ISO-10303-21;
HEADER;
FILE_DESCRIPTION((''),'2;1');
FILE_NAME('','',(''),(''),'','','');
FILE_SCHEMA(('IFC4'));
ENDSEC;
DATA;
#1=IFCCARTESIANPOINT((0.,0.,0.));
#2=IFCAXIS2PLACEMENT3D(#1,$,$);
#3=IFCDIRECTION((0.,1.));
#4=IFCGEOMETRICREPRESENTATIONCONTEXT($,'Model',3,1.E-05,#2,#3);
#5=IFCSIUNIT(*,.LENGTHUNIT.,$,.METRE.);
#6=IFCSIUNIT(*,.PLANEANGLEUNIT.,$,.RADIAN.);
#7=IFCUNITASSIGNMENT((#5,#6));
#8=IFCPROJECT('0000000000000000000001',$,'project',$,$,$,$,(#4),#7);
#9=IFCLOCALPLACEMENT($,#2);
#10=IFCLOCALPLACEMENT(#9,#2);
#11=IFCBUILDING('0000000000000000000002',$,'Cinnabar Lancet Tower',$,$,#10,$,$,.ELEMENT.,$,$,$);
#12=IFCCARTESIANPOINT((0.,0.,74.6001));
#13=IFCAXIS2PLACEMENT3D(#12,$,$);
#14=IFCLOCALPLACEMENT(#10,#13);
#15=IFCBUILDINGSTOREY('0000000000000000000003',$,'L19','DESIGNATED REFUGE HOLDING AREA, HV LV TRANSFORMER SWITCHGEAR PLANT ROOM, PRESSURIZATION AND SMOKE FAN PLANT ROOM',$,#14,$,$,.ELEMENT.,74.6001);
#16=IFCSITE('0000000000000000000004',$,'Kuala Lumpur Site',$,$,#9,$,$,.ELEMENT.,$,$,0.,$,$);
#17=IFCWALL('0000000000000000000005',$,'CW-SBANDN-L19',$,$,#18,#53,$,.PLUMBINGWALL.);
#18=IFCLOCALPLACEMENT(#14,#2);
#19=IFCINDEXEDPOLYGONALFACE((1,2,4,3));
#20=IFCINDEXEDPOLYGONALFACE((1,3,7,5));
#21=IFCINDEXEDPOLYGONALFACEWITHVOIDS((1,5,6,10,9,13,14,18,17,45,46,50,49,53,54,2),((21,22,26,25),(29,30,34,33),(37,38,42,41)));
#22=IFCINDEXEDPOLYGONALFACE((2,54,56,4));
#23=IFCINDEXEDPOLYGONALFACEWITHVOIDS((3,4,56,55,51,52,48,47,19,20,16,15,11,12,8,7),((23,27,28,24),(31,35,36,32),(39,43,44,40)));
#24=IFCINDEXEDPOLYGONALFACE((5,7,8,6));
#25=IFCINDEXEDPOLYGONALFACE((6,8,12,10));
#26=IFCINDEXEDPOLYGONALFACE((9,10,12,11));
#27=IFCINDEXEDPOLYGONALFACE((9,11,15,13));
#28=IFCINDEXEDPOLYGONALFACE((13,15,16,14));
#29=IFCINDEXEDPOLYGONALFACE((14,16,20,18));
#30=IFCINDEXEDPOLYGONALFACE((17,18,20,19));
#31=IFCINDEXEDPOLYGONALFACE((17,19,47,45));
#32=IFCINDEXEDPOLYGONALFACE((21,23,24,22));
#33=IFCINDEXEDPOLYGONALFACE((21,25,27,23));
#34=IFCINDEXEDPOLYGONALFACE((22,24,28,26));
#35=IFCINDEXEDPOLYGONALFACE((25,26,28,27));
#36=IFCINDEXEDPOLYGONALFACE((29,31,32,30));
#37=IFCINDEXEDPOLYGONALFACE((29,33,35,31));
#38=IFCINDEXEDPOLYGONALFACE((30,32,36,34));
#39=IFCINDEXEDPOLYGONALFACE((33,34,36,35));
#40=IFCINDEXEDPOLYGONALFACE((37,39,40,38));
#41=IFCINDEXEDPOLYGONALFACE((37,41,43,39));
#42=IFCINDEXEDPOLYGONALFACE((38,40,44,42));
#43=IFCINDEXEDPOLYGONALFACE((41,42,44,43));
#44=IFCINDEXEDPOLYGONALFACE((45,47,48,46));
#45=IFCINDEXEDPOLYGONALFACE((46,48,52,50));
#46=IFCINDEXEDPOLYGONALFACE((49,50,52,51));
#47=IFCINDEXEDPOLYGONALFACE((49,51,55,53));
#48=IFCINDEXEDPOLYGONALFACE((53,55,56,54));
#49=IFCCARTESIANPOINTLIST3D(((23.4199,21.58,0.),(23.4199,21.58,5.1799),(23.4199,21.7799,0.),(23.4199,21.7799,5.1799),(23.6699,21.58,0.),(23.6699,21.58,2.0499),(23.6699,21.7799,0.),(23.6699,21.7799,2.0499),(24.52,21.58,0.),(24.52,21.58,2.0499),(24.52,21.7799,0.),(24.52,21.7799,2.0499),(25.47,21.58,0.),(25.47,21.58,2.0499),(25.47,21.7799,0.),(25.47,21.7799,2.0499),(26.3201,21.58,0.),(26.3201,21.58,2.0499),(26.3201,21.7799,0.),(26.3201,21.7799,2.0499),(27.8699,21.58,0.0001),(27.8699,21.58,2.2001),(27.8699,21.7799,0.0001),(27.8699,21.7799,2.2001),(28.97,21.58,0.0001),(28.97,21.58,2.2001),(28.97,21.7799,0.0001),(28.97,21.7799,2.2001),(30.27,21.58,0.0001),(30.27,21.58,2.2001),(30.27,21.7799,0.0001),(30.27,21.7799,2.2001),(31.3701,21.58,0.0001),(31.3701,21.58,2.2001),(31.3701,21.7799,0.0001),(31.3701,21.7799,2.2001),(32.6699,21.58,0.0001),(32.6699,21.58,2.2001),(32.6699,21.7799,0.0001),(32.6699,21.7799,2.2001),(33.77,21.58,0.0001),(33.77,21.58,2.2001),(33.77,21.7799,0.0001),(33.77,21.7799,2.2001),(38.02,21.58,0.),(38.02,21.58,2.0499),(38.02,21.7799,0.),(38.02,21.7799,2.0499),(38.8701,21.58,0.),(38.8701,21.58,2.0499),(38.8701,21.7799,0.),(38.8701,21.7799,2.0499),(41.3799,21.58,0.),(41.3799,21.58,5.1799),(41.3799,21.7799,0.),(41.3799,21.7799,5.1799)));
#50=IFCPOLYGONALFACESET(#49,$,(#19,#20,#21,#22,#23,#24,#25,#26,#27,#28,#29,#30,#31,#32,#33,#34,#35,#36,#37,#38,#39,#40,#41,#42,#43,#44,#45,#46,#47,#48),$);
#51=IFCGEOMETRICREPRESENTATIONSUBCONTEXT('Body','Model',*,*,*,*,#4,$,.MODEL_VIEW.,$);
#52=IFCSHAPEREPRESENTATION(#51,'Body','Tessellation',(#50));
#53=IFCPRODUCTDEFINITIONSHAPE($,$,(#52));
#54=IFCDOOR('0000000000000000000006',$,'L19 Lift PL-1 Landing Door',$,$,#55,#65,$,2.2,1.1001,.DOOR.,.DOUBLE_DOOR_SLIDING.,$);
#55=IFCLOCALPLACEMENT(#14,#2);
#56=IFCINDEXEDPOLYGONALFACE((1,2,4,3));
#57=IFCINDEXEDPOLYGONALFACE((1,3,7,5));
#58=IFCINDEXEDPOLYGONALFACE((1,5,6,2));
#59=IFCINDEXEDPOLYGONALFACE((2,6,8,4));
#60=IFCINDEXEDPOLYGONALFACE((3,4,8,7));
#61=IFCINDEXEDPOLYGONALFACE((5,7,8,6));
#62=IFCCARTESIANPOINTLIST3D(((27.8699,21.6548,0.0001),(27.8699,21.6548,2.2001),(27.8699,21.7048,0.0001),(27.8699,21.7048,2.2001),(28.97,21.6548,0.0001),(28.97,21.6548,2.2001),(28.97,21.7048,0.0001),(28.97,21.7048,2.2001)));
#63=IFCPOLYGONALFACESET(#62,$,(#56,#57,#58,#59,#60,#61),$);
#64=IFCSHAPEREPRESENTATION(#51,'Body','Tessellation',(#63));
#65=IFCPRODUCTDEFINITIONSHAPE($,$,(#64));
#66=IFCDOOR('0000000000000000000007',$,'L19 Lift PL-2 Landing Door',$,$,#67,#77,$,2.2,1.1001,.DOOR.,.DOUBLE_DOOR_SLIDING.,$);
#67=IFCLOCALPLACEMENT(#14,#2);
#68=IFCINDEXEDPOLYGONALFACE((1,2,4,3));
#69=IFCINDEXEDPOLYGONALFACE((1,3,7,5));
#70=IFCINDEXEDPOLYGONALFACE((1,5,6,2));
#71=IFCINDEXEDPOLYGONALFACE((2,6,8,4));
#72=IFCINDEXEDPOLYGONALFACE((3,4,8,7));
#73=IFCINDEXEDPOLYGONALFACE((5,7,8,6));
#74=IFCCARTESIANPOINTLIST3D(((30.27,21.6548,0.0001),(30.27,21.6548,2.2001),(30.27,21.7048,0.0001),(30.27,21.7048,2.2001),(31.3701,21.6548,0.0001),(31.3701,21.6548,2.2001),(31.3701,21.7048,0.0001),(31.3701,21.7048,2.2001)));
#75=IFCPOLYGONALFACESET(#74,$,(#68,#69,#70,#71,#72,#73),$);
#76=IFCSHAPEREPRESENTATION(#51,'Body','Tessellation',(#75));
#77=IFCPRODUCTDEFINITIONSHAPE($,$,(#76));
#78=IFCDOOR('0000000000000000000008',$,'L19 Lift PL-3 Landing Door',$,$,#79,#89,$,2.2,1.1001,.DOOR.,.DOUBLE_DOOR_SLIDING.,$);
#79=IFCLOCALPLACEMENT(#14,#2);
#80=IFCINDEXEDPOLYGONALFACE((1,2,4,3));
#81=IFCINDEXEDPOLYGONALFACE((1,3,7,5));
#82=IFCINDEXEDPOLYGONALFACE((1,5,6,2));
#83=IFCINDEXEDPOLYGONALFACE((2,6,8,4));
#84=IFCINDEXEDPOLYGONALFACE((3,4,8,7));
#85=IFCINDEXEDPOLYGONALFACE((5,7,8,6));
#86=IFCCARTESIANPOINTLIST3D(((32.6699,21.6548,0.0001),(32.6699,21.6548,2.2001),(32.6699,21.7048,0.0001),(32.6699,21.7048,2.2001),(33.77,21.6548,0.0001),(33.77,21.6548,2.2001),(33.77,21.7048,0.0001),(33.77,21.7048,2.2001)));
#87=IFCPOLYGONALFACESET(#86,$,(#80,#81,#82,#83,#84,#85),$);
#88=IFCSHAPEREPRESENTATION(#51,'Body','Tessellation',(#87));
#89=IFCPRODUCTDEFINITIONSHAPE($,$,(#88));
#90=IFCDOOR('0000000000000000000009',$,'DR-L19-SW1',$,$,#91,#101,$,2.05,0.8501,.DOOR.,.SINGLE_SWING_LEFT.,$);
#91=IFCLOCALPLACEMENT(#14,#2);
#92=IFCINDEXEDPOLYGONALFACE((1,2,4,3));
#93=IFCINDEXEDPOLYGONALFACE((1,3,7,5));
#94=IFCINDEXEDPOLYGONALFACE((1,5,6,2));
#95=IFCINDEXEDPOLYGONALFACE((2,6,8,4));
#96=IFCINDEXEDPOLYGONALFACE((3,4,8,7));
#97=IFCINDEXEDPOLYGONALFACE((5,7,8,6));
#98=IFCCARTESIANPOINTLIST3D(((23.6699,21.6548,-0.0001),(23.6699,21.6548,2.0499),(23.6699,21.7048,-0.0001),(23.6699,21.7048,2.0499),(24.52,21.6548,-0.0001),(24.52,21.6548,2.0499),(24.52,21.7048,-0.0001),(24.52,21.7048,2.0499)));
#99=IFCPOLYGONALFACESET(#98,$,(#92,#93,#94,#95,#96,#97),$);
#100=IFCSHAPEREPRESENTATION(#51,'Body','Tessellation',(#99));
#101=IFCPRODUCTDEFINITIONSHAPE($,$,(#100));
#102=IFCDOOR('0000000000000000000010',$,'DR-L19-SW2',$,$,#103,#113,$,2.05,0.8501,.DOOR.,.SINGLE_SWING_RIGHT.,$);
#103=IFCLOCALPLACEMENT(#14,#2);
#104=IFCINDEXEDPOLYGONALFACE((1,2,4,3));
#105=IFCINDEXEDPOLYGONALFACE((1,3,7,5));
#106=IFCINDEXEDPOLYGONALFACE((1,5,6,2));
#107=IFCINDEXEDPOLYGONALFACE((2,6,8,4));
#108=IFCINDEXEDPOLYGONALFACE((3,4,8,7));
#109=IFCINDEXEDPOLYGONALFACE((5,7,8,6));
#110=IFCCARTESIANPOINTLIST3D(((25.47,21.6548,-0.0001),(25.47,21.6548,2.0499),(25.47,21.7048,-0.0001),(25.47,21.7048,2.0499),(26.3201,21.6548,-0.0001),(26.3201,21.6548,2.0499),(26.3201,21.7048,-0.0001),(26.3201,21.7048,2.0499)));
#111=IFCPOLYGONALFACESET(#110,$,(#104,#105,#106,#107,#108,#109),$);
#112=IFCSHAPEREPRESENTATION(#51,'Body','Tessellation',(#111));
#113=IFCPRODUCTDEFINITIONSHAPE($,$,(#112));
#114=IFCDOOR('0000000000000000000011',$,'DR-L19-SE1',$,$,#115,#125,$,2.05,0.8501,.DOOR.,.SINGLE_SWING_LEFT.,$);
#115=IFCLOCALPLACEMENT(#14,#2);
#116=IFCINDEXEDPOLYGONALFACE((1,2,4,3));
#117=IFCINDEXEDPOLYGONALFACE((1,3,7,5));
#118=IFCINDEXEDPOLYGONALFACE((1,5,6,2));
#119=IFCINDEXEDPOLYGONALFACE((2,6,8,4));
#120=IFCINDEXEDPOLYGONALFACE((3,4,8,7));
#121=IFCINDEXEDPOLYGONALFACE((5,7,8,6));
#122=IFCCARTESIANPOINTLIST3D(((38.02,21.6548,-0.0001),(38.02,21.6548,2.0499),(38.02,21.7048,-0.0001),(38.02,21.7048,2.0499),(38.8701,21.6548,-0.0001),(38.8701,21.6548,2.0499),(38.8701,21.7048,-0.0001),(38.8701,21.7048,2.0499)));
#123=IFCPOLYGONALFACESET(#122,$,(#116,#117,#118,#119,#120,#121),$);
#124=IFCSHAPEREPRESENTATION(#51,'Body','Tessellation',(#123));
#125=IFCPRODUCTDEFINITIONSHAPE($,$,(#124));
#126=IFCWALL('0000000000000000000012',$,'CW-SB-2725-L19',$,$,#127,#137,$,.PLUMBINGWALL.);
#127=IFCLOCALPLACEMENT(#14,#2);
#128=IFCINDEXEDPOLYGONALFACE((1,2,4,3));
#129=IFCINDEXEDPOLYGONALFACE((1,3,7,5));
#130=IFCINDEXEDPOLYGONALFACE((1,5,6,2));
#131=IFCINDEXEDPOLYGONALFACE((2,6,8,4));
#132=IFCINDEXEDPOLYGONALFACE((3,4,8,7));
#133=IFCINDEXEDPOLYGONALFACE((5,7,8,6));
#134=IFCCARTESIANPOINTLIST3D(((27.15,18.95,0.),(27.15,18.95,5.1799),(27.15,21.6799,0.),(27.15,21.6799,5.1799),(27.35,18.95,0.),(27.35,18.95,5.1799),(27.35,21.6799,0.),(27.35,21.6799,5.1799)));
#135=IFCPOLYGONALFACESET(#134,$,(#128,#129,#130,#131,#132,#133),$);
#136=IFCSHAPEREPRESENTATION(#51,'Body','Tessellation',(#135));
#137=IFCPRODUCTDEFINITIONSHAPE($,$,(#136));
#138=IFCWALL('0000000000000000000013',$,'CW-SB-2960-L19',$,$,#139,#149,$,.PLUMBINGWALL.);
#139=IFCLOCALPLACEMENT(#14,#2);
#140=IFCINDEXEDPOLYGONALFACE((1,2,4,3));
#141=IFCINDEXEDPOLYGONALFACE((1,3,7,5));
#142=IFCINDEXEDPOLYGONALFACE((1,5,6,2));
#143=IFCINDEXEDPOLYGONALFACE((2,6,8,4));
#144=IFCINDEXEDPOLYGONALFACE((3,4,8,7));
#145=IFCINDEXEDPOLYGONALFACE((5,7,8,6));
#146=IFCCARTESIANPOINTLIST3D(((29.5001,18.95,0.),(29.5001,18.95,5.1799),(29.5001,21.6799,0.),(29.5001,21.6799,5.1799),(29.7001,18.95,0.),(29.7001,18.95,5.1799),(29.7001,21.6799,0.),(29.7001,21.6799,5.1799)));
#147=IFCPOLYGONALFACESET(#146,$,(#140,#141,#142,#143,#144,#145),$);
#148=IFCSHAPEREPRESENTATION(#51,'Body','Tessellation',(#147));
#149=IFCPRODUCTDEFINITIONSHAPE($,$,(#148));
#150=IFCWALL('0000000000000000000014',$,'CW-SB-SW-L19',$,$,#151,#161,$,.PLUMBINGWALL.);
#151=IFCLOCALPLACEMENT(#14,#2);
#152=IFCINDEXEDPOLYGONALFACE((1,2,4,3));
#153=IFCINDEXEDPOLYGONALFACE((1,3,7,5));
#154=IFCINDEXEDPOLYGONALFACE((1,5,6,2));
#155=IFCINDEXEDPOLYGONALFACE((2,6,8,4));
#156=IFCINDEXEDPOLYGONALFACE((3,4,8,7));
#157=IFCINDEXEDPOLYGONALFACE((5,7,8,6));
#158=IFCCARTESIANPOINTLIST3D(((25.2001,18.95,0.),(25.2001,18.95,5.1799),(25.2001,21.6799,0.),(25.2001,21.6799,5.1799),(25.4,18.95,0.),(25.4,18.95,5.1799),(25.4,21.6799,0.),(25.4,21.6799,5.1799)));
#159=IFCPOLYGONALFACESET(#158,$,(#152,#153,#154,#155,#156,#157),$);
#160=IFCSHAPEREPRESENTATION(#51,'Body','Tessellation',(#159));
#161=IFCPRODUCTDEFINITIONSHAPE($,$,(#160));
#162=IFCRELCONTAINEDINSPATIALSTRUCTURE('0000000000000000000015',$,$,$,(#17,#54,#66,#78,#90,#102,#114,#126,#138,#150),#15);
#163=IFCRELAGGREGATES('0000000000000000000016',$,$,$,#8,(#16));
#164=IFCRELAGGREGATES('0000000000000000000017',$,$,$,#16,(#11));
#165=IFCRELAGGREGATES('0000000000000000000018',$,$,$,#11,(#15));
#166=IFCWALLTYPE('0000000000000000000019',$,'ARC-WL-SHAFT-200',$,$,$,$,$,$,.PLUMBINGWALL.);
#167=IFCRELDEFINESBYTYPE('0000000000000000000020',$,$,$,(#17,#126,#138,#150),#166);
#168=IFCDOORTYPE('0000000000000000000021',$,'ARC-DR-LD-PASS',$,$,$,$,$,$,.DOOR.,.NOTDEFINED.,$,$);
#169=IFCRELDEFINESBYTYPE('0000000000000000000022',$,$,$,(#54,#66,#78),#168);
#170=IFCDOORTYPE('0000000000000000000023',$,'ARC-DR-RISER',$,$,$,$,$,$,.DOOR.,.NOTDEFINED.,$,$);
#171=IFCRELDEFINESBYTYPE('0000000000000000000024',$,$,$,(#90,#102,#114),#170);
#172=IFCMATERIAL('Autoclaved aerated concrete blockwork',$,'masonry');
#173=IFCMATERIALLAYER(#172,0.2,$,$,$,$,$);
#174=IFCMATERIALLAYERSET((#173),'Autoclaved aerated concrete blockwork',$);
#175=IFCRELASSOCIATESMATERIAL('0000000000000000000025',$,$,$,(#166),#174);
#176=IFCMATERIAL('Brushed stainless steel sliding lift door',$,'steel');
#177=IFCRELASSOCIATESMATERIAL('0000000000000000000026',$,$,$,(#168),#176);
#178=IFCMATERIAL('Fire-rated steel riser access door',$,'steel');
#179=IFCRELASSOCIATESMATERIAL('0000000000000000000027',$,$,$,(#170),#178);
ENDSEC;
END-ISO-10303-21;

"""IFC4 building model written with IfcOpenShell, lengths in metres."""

from ifc_helpers import new_model, si_unit, direction, frame, frame_2d, origin, place, context, subcontext, project, spatial, rectangle, extrude, material, layer, layer_set, type_object, element, fill, save


model = new_model("IFC4")

# Units and contexts
model_context = context("Model", 3, precision=1e-05, world=origin(), true_north=direction((0.0, 1.0)))
body_context = subcontext(model_context, "Body", "Model", "MODEL_VIEW")
ifc_project = project(units=[si_unit("LENGTHUNIT", "METRE"), si_unit("PLANEANGLEUNIT", "RADIAN")], contexts=[model_context])

# Site, building, storey
site_placement = place(None, origin())
site = spatial("IfcSite", under=ifc_project, at=site_placement, Name="Kuala Lumpur Site", CompositionType="ELEMENT", RefElevation=0.0)
building_placement = place(site_placement, origin())
building = spatial("IfcBuilding", under=site, at=building_placement, Name="Cinnabar Lancet Tower", CompositionType="ELEMENT")
storey_placement = place(building_placement, frame((0.0, 0.0, 74.6001)))
storey = spatial("IfcBuildingStorey", under=building, at=storey_placement, Name="L19", Description="DESIGNATED REFUGE HOLDING AREA, HV LV TRANSFORMER SWITCHGEAR PLANT ROOM, PRESSURIZATION AND SMOKE FAN PLANT ROOM", CompositionType="ELEMENT", Elevation=74.6001)

# Shared definitions
ifc_material_1 = material(Name="Autoclaved aerated concrete blockwork", Category="masonry")
ifc_layer_1 = layer(ifc_material_1, 0.2)
ifc_layer_set_1 = layer_set([ifc_layer_1], Name="Autoclaved aerated concrete blockwork")
wall_type_1 = type_object("IfcWallType", Name="ARC-WL-SHAFT-200", PredefinedType="PLUMBINGWALL", material=ifc_layer_set_1)

# Wall, openings, doors
wall_1_placement = place(storey_placement, frame((23.4199, 21.6799, 0.0), z_axis=(0.0, 0.0, 1.0), x_axis=(1.0, 0.0, 0.0)))
wall_1 = element("IfcWall", 1, at=wall_1_placement, inside=storey, type_object=wall_type_1, Name="CW-SBANDN-L19", PredefinedType="PLUMBINGWALL", context=body_context, shape_type="SweptSolid", body=[
    extrude(rectangle(XDim=17.96, YDim=0.2, at=frame_2d((8.98, 0.0))), origin(), (0.0, 0.0, 1.0), 5.1799),
])
opening_1_placement = place(wall_1_placement, frame((4.45, 0.0, 0.0)))
opening_1 = element("IfcOpeningElement", 2, at=opening_1_placement, cuts=wall_1, PredefinedType="OPENING", context=body_context, shape_type="SweptSolid", body=[
    extrude(rectangle(XDim=1.1001, YDim=2.2, at=frame_2d((0.55, 1.1001))), frame((0.0, 0.1099, 0.0), z_axis=(0.0, -1.0, 0.0), x_axis=(1.0, 0.0, 0.0)), (0.0, 0.0, 1.0), 0.22),
])
opening_2_placement = place(wall_1_placement, frame((6.8501, 0.0, 0.0)))
opening_2 = element("IfcOpeningElement", 3, at=opening_2_placement, cuts=wall_1, PredefinedType="OPENING", context=body_context, shape_type="SweptSolid", body=[
    extrude(rectangle(XDim=1.1001, YDim=2.2, at=frame_2d((0.55, 1.1001))), frame((0.0, 0.1099, 0.0), z_axis=(0.0, -1.0, 0.0), x_axis=(1.0, 0.0, 0.0)), (0.0, 0.0, 1.0), 0.22),
])
opening_3_placement = place(wall_1_placement, frame((9.25, 0.0, 0.0)))
opening_3 = element("IfcOpeningElement", 4, at=opening_3_placement, cuts=wall_1, PredefinedType="OPENING", context=body_context, shape_type="SweptSolid", body=[
    extrude(rectangle(XDim=1.1001, YDim=2.2, at=frame_2d((0.55, 1.1001))), frame((0.0, 0.1099, 0.0), z_axis=(0.0, -1.0, 0.0), x_axis=(1.0, 0.0, 0.0)), (0.0, 0.0, 1.0), 0.22),
])
opening_4_placement = place(wall_1_placement, frame((0.25, 0.0, 0.0)))
opening_4 = element("IfcOpeningElement", 5, at=opening_4_placement, cuts=wall_1, PredefinedType="OPENING", context=body_context, shape_type="SweptSolid", body=[
    extrude(rectangle(XDim=0.8501, YDim=2.05, at=frame_2d((0.425, 1.0249))), frame((0.0, 0.1099, 0.0), z_axis=(0.0, -1.0, 0.0), x_axis=(1.0, 0.0, 0.0)), (0.0, 0.0, 1.0), 0.22),
])
opening_5_placement = place(wall_1_placement, frame((2.05, 0.0, 0.0)))
opening_5 = element("IfcOpeningElement", 6, at=opening_5_placement, cuts=wall_1, PredefinedType="OPENING", context=body_context, shape_type="SweptSolid", body=[
    extrude(rectangle(XDim=0.8501, YDim=2.05, at=frame_2d((0.425, 1.0249))), frame((0.0, 0.1099, 0.0), z_axis=(0.0, -1.0, 0.0), x_axis=(1.0, 0.0, 0.0)), (0.0, 0.0, 1.0), 0.22),
])
opening_6_placement = place(wall_1_placement, frame((14.6001, 0.0, 0.0)))
opening_6 = element("IfcOpeningElement", 7, at=opening_6_placement, cuts=wall_1, PredefinedType="OPENING", context=body_context, shape_type="SweptSolid", body=[
    extrude(rectangle(XDim=0.8501, YDim=2.05, at=frame_2d((0.425, 1.0249))), frame((0.0, 0.1099, 0.0), z_axis=(0.0, -1.0, 0.0), x_axis=(1.0, 0.0, 0.0)), (0.0, 0.0, 1.0), 0.22),
])
ifc_material_2 = material(Name="Brushed stainless steel sliding lift door", Category="steel")
door_type_1 = type_object("IfcDoorType", Name="ARC-DR-LD-PASS", OperationType="NOTDEFINED", PredefinedType="DOOR", material=ifc_material_2)
door_1_placement = place(opening_1_placement, origin())
door_1 = element("IfcDoor", 8, at=door_1_placement, inside=storey, type_object=door_type_1, Name="L19 Lift PL-1 Landing Door", OperationType="DOUBLE_DOOR_SLIDING", OverallHeight=2.2, OverallWidth=1.1001, PredefinedType="DOOR", context=body_context, shape_type="SweptSolid", body=[
    extrude(rectangle(XDim=1.1001, YDim=2.2, at=frame_2d((0.55, 1.1001))), frame((0.0, 0.0249, 0.0), z_axis=(0.0, -1.0, 0.0), x_axis=(1.0, 0.0, 0.0)), (0.0, 0.0, 1.0), 0.05),
])
fill(opening_1, door_1)
door_2_placement = place(opening_2_placement, origin())
door_2 = element("IfcDoor", 9, at=door_2_placement, inside=storey, type_object=door_type_1, Name="L19 Lift PL-2 Landing Door", OperationType="DOUBLE_DOOR_SLIDING", OverallHeight=2.2, OverallWidth=1.1001, PredefinedType="DOOR", context=body_context, shape_type="SweptSolid", body=[
    extrude(rectangle(XDim=1.1001, YDim=2.2, at=frame_2d((0.55, 1.1001))), frame((0.0, 0.0249, 0.0), z_axis=(0.0, -1.0, 0.0), x_axis=(1.0, 0.0, 0.0)), (0.0, 0.0, 1.0), 0.05),
])
fill(opening_2, door_2)
door_3_placement = place(opening_3_placement, origin())
door_3 = element("IfcDoor", 10, at=door_3_placement, inside=storey, type_object=door_type_1, Name="L19 Lift PL-3 Landing Door", OperationType="DOUBLE_DOOR_SLIDING", OverallHeight=2.2, OverallWidth=1.1001, PredefinedType="DOOR", context=body_context, shape_type="SweptSolid", body=[
    extrude(rectangle(XDim=1.1001, YDim=2.2, at=frame_2d((0.55, 1.1001))), frame((0.0, 0.0249, 0.0), z_axis=(0.0, -1.0, 0.0), x_axis=(1.0, 0.0, 0.0)), (0.0, 0.0, 1.0), 0.05),
])
fill(opening_3, door_3)
ifc_material_3 = material(Name="Fire-rated steel riser access door", Category="steel")
door_type_2 = type_object("IfcDoorType", Name="ARC-DR-RISER", OperationType="NOTDEFINED", PredefinedType="DOOR", material=ifc_material_3)
door_4_placement = place(opening_4_placement, origin())
door_4 = element("IfcDoor", 11, at=door_4_placement, inside=storey, type_object=door_type_2, Name="DR-L19-SW1", OperationType="SINGLE_SWING_LEFT", OverallHeight=2.05, OverallWidth=0.8501, PredefinedType="DOOR", context=body_context, shape_type="SweptSolid", body=[
    extrude(rectangle(XDim=0.8501, YDim=2.05, at=frame_2d((0.425, 1.0249))), frame((0.0, 0.0249, 0.0), z_axis=(0.0, -1.0, 0.0), x_axis=(1.0, 0.0, 0.0)), (0.0, 0.0, 1.0), 0.05),
])
fill(opening_4, door_4)
door_5_placement = place(opening_5_placement, origin())
door_5 = element("IfcDoor", 12, at=door_5_placement, inside=storey, type_object=door_type_2, Name="DR-L19-SW2", OperationType="SINGLE_SWING_RIGHT", OverallHeight=2.05, OverallWidth=0.8501, PredefinedType="DOOR", context=body_context, shape_type="SweptSolid", body=[
    extrude(rectangle(XDim=0.8501, YDim=2.05, at=frame_2d((0.425, 1.0249))), frame((0.0, 0.0249, 0.0), z_axis=(0.0, -1.0, 0.0), x_axis=(1.0, 0.0, 0.0)), (0.0, 0.0, 1.0), 0.05),
])
fill(opening_5, door_5)
door_6_placement = place(opening_6_placement, origin())
door_6 = element("IfcDoor", 13, at=door_6_placement, inside=storey, type_object=door_type_2, Name="DR-L19-SE1", OperationType="SINGLE_SWING_LEFT", OverallHeight=2.05, OverallWidth=0.8501, PredefinedType="DOOR", context=body_context, shape_type="SweptSolid", body=[
    extrude(rectangle(XDim=0.8501, YDim=2.05, at=frame_2d((0.425, 1.0249))), frame((0.0, 0.0249, 0.0), z_axis=(0.0, -1.0, 0.0), x_axis=(1.0, 0.0, 0.0)), (0.0, 0.0, 1.0), 0.05),
])
fill(opening_6, door_6)

# Walls
for number, where, z_axis, x_axis, name in (
    (14, (27.25, 18.95, 0.0), (0.0, 0.0, 1.0), (0.0, 1.0, 0.0), "CW-SB-2725-L19"),
    (15, (29.6001, 18.95, 0.0), (0.0, 0.0, 1.0), (0.0, 1.0, 0.0), "CW-SB-2960-L19"),
    (16, (25.3, 18.95, 0.0), (0.0, 0.0, 1.0), (0.0, 1.0, 0.0), "CW-SB-SW-L19"),
):
    element("IfcWall", number, at=place(storey_placement, frame(where, z_axis=z_axis, x_axis=x_axis)), inside=storey, type_object=wall_type_1, Name=name, PredefinedType="PLUMBINGWALL", context=body_context, shape_type="SweptSolid", body=[
        extrude(rectangle(XDim=2.73, YDim=0.2, at=frame_2d((1.365, 0.0))), origin(), (0.0, 0.0, 1.0), 5.1799),
    ])

save(model, "model.ifc")
